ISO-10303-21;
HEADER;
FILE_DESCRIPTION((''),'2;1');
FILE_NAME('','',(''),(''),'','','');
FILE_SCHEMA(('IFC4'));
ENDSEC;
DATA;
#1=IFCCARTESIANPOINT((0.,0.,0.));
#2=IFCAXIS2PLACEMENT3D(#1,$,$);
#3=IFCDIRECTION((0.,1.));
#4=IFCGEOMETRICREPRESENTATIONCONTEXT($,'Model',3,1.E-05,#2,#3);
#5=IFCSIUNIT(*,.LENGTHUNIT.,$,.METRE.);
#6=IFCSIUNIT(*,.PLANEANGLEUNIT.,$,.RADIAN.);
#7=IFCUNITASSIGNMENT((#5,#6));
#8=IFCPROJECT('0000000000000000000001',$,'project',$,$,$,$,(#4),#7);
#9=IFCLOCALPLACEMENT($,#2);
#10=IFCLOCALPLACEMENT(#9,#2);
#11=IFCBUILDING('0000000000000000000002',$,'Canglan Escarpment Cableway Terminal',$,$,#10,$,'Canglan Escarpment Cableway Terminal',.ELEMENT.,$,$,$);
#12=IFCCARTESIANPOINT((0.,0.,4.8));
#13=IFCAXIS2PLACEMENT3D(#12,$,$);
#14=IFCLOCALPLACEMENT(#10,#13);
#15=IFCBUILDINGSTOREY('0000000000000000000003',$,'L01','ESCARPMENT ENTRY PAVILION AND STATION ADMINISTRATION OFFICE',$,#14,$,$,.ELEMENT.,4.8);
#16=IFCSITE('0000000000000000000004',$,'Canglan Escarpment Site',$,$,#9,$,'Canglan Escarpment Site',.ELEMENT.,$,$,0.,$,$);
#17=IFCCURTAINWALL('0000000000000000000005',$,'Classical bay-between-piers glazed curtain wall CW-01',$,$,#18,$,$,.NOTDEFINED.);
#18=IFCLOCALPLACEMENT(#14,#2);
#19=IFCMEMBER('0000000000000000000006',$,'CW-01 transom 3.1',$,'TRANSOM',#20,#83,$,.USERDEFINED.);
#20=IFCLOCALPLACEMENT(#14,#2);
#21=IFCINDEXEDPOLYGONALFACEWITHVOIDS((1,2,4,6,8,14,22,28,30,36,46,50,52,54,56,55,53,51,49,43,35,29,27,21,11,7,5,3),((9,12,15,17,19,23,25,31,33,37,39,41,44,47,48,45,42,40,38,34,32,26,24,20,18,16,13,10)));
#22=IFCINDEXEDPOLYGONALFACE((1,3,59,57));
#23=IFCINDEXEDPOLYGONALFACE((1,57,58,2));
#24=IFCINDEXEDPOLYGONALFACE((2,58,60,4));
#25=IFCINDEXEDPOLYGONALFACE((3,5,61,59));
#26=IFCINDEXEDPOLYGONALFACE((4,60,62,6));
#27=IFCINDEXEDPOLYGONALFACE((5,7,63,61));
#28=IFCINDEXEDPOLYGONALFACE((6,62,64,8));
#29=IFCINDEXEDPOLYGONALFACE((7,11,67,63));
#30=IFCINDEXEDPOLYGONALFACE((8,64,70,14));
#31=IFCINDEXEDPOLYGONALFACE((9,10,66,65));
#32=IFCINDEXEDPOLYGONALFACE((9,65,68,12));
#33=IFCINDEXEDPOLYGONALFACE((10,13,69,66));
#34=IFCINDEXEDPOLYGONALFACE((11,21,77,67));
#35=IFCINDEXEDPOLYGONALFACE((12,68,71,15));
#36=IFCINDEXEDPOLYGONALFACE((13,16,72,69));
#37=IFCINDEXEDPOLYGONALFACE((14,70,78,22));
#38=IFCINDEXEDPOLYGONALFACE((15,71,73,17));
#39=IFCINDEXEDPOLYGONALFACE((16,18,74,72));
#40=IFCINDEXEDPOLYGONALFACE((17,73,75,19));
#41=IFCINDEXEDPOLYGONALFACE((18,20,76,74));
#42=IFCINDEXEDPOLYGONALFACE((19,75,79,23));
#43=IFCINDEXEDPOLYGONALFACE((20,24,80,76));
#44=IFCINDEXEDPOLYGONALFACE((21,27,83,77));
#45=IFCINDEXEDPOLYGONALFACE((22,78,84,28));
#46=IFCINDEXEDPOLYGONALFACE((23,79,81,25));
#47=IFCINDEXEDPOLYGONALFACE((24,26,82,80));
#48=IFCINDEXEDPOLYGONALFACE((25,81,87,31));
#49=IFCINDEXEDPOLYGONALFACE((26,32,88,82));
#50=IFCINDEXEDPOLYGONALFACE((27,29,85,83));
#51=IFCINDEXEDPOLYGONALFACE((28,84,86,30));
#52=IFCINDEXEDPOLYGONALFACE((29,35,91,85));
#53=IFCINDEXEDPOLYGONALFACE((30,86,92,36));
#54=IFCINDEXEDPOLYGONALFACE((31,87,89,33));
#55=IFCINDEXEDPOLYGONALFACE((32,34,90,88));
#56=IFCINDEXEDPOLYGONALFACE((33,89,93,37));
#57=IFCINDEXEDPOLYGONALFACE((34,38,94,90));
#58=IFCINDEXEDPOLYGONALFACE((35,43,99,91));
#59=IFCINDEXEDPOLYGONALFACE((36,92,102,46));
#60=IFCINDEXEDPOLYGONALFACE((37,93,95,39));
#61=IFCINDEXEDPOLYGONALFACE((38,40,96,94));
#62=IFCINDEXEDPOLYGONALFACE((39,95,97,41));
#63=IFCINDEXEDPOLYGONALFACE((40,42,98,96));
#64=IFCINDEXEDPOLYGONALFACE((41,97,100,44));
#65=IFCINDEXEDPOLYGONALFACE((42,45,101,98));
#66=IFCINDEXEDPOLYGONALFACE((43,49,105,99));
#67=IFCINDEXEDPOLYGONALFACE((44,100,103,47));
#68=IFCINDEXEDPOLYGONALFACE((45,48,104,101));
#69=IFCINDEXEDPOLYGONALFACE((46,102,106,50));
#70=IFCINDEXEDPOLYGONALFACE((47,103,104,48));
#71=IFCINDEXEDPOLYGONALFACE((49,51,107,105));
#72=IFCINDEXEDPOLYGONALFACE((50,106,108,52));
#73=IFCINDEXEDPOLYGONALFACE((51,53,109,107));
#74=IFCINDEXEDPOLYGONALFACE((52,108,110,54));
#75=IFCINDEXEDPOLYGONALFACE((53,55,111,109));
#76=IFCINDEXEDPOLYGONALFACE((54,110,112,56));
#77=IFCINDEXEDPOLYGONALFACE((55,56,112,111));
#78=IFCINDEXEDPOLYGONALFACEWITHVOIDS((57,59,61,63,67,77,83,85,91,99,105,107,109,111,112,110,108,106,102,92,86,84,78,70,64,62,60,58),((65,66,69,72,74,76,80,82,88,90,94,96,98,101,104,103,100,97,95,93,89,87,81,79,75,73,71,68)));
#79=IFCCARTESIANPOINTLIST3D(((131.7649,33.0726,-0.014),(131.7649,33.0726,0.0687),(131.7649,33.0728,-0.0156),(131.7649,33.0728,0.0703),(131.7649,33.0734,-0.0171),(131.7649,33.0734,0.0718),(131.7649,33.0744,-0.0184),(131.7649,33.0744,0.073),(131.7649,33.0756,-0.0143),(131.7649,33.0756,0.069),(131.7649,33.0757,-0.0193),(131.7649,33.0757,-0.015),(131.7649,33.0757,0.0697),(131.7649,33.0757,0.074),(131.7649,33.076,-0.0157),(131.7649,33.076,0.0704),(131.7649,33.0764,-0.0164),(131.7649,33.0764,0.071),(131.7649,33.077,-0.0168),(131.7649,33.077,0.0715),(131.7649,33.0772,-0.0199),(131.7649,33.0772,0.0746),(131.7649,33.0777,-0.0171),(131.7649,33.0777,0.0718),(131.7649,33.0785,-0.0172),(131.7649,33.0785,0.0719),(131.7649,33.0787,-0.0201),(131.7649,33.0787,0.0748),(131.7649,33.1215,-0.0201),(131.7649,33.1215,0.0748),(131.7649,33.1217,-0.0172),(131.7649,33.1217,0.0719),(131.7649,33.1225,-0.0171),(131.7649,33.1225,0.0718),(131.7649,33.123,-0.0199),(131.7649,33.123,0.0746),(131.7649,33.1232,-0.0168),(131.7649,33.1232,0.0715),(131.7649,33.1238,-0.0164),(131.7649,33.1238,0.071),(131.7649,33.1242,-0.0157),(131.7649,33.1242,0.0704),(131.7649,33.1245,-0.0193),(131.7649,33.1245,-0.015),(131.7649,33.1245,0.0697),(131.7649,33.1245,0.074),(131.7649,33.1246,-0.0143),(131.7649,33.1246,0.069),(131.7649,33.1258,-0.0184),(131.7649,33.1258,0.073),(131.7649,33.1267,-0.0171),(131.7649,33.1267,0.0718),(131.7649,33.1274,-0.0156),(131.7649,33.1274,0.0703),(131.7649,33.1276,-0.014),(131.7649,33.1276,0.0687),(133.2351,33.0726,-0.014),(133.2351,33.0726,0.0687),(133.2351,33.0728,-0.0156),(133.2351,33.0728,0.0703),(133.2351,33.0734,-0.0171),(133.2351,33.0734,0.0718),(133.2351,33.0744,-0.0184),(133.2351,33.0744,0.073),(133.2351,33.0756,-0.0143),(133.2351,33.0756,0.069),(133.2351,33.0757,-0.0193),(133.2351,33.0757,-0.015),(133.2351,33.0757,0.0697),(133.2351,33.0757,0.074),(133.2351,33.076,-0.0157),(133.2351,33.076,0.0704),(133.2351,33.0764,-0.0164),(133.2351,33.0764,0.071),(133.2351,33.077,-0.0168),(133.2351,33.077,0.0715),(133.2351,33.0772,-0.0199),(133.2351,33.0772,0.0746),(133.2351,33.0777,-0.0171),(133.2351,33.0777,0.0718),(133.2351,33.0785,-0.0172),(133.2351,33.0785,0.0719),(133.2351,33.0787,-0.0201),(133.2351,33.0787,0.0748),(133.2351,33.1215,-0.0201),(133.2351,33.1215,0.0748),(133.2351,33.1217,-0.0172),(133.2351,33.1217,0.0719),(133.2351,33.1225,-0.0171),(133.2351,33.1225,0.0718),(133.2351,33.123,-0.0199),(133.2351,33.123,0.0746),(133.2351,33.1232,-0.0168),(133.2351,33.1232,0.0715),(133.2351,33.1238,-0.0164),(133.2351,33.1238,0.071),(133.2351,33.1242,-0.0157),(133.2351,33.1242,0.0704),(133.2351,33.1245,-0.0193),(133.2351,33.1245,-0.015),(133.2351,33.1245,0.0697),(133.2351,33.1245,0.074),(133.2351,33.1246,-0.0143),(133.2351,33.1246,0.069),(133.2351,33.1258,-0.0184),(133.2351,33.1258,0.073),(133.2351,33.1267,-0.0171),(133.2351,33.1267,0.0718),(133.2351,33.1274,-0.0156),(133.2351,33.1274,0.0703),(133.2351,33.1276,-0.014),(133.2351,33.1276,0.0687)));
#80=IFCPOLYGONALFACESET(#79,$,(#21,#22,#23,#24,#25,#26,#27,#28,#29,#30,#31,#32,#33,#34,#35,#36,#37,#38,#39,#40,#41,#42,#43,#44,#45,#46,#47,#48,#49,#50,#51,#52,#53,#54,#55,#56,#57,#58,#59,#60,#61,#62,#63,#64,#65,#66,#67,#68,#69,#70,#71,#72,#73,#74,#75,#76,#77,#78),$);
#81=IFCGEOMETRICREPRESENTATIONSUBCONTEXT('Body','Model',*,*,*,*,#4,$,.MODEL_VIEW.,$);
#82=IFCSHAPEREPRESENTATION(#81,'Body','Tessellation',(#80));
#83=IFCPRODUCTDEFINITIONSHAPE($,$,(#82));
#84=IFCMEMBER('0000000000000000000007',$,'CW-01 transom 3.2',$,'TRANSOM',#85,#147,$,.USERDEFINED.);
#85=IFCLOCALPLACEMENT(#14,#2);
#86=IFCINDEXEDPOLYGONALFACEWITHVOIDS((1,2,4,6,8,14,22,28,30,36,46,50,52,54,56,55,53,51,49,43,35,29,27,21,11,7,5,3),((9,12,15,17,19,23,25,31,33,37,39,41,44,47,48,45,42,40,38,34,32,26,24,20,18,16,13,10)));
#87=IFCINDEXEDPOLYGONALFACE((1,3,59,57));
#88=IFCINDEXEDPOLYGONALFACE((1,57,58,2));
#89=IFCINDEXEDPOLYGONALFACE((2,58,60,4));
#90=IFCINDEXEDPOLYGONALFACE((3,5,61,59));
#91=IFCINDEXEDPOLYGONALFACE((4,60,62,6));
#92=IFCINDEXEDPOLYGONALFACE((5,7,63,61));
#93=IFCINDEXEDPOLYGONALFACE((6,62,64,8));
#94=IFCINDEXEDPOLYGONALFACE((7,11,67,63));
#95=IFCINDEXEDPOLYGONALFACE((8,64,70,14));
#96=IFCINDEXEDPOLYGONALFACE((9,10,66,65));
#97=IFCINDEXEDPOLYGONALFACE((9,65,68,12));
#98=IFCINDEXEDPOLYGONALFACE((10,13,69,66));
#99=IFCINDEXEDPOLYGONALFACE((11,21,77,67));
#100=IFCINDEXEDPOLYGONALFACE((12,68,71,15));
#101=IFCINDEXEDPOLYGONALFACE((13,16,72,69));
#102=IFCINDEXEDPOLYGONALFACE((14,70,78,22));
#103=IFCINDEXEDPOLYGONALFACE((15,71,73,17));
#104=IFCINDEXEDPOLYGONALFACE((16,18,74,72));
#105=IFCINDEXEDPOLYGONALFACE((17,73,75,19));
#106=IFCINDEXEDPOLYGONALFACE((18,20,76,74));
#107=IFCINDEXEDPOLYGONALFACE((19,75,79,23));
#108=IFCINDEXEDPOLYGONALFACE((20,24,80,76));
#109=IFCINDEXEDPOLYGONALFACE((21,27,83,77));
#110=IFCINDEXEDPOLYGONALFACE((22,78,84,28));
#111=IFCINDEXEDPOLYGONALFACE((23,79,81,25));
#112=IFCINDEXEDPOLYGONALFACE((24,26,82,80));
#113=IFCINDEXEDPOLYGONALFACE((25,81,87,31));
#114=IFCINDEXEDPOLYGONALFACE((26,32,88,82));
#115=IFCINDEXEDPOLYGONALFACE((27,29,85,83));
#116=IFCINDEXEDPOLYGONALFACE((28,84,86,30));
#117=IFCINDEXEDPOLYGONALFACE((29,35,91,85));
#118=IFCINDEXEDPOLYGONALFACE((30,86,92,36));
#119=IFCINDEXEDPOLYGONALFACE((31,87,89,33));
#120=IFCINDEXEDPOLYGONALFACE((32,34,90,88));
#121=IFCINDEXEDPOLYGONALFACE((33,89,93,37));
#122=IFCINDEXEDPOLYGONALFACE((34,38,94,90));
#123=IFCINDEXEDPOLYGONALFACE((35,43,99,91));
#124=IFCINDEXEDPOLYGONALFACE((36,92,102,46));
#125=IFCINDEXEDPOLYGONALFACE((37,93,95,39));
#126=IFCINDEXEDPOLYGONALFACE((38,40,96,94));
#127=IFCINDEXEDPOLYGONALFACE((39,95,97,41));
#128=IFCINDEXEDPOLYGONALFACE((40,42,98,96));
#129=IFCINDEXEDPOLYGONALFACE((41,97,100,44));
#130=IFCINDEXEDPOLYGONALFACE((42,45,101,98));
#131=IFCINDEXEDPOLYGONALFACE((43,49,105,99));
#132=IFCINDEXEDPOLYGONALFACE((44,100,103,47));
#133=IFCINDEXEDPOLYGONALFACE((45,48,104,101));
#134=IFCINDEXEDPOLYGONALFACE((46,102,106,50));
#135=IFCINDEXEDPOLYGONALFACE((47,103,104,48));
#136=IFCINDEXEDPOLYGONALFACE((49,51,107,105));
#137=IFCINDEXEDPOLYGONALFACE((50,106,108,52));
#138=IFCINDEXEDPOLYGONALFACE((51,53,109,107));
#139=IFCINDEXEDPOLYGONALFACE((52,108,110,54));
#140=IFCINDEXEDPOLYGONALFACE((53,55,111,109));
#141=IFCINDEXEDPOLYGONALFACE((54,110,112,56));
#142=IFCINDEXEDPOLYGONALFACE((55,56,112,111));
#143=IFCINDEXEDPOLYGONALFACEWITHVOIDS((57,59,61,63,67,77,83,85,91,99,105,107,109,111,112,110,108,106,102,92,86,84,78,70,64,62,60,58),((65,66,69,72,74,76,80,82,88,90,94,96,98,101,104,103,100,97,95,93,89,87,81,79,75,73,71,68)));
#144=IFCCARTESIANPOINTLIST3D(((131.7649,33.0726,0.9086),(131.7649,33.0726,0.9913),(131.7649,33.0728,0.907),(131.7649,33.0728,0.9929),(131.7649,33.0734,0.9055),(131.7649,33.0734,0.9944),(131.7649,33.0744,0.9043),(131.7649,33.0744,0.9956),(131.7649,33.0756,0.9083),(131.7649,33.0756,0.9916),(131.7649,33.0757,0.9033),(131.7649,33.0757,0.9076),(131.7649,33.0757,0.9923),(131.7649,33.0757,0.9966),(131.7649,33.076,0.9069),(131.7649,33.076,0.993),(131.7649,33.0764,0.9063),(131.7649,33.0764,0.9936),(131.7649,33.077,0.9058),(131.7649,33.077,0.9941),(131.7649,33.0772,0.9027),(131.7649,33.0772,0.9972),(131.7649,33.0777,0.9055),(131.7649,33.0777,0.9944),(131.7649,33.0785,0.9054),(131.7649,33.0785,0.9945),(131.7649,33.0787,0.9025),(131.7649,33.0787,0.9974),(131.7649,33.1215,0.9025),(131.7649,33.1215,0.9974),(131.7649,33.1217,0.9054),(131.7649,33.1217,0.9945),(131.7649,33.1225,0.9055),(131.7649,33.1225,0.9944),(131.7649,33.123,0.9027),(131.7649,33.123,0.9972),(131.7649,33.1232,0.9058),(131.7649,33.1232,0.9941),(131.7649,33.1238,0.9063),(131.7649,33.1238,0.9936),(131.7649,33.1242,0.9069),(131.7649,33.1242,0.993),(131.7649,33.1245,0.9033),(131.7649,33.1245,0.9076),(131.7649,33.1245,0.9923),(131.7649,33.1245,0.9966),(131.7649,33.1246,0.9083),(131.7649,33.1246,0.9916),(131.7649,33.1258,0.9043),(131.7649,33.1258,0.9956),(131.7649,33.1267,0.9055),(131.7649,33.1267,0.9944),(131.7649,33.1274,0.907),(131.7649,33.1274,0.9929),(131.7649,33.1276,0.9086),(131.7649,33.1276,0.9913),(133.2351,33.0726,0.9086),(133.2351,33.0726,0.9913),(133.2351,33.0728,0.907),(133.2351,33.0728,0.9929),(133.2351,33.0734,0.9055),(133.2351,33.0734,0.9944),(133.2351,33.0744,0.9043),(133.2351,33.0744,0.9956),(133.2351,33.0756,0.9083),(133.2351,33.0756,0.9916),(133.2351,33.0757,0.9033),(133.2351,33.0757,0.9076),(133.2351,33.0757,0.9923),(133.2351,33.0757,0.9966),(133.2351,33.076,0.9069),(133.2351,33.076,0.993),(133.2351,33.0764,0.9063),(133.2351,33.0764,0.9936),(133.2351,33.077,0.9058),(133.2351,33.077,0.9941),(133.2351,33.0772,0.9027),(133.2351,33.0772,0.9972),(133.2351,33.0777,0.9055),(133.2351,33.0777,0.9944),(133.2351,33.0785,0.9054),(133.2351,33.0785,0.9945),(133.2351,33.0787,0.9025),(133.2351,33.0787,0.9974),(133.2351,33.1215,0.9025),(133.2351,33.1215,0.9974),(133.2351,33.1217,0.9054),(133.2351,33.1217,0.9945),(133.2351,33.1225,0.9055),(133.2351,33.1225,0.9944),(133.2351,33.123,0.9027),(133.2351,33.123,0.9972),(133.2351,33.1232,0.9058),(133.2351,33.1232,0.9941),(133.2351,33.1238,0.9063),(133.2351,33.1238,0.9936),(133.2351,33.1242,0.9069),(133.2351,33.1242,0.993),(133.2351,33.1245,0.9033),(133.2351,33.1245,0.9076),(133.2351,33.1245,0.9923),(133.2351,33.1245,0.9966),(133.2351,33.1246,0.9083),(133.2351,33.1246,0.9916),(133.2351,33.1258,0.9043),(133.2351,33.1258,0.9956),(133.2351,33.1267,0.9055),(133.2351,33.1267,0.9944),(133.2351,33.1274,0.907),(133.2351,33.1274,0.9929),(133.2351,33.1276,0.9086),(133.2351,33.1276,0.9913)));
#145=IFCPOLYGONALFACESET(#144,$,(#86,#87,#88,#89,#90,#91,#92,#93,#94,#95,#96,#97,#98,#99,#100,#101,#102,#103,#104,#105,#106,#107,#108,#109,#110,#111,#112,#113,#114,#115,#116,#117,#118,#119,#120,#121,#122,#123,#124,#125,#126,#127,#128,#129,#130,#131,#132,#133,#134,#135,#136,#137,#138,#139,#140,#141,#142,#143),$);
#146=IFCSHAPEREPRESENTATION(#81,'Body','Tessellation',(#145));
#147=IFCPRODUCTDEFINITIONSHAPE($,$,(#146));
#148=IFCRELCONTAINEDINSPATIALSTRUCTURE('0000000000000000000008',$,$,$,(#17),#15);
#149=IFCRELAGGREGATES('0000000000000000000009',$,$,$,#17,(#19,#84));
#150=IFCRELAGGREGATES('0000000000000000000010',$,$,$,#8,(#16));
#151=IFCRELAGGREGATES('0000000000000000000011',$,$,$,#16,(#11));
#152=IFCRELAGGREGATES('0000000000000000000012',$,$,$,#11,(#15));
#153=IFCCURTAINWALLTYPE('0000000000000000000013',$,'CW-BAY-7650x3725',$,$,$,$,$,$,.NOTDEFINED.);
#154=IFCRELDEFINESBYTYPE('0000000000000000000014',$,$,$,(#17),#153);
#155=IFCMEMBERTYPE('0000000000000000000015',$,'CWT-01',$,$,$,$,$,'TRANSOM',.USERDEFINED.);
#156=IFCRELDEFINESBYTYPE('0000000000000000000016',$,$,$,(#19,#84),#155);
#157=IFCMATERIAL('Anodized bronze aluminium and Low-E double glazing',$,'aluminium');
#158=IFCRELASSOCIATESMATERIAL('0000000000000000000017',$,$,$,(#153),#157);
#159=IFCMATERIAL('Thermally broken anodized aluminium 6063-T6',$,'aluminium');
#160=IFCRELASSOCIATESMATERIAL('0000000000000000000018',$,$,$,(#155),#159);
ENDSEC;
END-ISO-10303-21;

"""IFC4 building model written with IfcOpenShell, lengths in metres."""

from ifc_helpers import new_model, si_unit, direction, frame, origin, origin_2d, place, context, subcontext, project, spatial, hollow_rectangle, extrude, material, material_profile, profile_set, type_object, element, aggregate, save


model = new_model("IFC4")

# Units and contexts
model_context = context("Model", 3, precision=1e-05, world=origin(), true_north=direction((0.0, 1.0)))
body_context = subcontext(model_context, "Body", "Model", "MODEL_VIEW")
ifc_project = project(units=[si_unit("LENGTHUNIT", "METRE"), si_unit("PLANEANGLEUNIT", "RADIAN")], contexts=[model_context])

# Site, building, storey
site_placement = place(None, origin())
site = spatial("IfcSite", under=ifc_project, at=site_placement, Name="Canglan Escarpment Site", LongName="Canglan Escarpment Site", CompositionType="ELEMENT", RefElevation=0.0)
building_placement = place(site_placement, origin())
building = spatial("IfcBuilding", under=site, at=building_placement, Name="Canglan Escarpment Cableway Terminal", LongName="Canglan Escarpment Cableway Terminal", CompositionType="ELEMENT")
storey_placement = place(building_placement, frame((0.0, 0.0, 4.8)))
storey = spatial("IfcBuildingStorey", under=building, at=storey_placement, Name="L01", Description="ESCARPMENT ENTRY PAVILION AND STATION ADMINISTRATION OFFICE", CompositionType="ELEMENT", Elevation=4.8)

# Curtain wall, members
ifc_material_1 = material(Name="Anodized bronze aluminium and Low-E double glazing", Category="aluminium")
curtain_wall_type = type_object("IfcCurtainWallType", Name="CW-BAY-7650x3725", PredefinedType="NOTDEFINED", material=ifc_material_1)
curtain_wall_placement = place(storey_placement, origin())
curtain_wall = element("IfcCurtainWall", 1, at=curtain_wall_placement, inside=storey, type_object=curtain_wall_type, Name="Classical bay-between-piers glazed curtain wall CW-01", PredefinedType="NOTDEFINED")
ifc_material_2 = material(Name="Thermally broken anodized aluminium 6063-T6", Category="aluminium")
ifc_material_profile_1 = material_profile(ifc_material_2, hollow_rectangle(XDim=0.0549, YDim=0.095, WallThickness=0.0029, InnerFilletRadius=0.0029, OuterFilletRadius=0.0061, at=origin_2d()), Name="ALU-TRAN 55x95x3")
ifc_profile_set_1 = profile_set([ifc_material_profile_1], Name="Thermally broken anodized aluminium 6063-T6")
member_type_1 = type_object("IfcMemberType", Name="CWT-01", ElementType="TRANSOM", PredefinedType="USERDEFINED", material=ifc_profile_set_1)
member_1_placement = place(storey_placement, frame((133.2351, 33.1001, 0.0273), z_axis=(-1.0, 0.0, 0.0), x_axis=(0.0, -1.0, 0.0)))
member_1 = element("IfcMember", 2, at=member_1_placement, type_object=member_type_1, Name="CW-01 transom 3.1", ObjectType="TRANSOM", PredefinedType="USERDEFINED", context=body_context, shape_type="SweptSolid", body=[
    extrude(hollow_rectangle(XDim=0.0549, YDim=0.095, WallThickness=0.0029, InnerFilletRadius=0.0029, OuterFilletRadius=0.0061, at=origin_2d()), origin(), (0.0, 0.0, 1.0), 1.4702),
])
member_2_placement = place(storey_placement, frame((133.2351, 33.1001, 0.95), z_axis=(-1.0, 0.0, 0.0), x_axis=(0.0, -1.0, 0.0)))
member_2 = element("IfcMember", 3, at=member_2_placement, type_object=member_type_1, Name="CW-01 transom 3.2", ObjectType="TRANSOM", PredefinedType="USERDEFINED", context=body_context, shape_type="SweptSolid", body=[
    extrude(hollow_rectangle(XDim=0.0549, YDim=0.095, WallThickness=0.0029, InnerFilletRadius=0.0029, OuterFilletRadius=0.0061, at=origin_2d()), origin(), (0.0, 0.0, 1.0), 1.4702),
])
aggregate(curtain_wall, [member_1, member_2])

save(model, "model.ifc")
